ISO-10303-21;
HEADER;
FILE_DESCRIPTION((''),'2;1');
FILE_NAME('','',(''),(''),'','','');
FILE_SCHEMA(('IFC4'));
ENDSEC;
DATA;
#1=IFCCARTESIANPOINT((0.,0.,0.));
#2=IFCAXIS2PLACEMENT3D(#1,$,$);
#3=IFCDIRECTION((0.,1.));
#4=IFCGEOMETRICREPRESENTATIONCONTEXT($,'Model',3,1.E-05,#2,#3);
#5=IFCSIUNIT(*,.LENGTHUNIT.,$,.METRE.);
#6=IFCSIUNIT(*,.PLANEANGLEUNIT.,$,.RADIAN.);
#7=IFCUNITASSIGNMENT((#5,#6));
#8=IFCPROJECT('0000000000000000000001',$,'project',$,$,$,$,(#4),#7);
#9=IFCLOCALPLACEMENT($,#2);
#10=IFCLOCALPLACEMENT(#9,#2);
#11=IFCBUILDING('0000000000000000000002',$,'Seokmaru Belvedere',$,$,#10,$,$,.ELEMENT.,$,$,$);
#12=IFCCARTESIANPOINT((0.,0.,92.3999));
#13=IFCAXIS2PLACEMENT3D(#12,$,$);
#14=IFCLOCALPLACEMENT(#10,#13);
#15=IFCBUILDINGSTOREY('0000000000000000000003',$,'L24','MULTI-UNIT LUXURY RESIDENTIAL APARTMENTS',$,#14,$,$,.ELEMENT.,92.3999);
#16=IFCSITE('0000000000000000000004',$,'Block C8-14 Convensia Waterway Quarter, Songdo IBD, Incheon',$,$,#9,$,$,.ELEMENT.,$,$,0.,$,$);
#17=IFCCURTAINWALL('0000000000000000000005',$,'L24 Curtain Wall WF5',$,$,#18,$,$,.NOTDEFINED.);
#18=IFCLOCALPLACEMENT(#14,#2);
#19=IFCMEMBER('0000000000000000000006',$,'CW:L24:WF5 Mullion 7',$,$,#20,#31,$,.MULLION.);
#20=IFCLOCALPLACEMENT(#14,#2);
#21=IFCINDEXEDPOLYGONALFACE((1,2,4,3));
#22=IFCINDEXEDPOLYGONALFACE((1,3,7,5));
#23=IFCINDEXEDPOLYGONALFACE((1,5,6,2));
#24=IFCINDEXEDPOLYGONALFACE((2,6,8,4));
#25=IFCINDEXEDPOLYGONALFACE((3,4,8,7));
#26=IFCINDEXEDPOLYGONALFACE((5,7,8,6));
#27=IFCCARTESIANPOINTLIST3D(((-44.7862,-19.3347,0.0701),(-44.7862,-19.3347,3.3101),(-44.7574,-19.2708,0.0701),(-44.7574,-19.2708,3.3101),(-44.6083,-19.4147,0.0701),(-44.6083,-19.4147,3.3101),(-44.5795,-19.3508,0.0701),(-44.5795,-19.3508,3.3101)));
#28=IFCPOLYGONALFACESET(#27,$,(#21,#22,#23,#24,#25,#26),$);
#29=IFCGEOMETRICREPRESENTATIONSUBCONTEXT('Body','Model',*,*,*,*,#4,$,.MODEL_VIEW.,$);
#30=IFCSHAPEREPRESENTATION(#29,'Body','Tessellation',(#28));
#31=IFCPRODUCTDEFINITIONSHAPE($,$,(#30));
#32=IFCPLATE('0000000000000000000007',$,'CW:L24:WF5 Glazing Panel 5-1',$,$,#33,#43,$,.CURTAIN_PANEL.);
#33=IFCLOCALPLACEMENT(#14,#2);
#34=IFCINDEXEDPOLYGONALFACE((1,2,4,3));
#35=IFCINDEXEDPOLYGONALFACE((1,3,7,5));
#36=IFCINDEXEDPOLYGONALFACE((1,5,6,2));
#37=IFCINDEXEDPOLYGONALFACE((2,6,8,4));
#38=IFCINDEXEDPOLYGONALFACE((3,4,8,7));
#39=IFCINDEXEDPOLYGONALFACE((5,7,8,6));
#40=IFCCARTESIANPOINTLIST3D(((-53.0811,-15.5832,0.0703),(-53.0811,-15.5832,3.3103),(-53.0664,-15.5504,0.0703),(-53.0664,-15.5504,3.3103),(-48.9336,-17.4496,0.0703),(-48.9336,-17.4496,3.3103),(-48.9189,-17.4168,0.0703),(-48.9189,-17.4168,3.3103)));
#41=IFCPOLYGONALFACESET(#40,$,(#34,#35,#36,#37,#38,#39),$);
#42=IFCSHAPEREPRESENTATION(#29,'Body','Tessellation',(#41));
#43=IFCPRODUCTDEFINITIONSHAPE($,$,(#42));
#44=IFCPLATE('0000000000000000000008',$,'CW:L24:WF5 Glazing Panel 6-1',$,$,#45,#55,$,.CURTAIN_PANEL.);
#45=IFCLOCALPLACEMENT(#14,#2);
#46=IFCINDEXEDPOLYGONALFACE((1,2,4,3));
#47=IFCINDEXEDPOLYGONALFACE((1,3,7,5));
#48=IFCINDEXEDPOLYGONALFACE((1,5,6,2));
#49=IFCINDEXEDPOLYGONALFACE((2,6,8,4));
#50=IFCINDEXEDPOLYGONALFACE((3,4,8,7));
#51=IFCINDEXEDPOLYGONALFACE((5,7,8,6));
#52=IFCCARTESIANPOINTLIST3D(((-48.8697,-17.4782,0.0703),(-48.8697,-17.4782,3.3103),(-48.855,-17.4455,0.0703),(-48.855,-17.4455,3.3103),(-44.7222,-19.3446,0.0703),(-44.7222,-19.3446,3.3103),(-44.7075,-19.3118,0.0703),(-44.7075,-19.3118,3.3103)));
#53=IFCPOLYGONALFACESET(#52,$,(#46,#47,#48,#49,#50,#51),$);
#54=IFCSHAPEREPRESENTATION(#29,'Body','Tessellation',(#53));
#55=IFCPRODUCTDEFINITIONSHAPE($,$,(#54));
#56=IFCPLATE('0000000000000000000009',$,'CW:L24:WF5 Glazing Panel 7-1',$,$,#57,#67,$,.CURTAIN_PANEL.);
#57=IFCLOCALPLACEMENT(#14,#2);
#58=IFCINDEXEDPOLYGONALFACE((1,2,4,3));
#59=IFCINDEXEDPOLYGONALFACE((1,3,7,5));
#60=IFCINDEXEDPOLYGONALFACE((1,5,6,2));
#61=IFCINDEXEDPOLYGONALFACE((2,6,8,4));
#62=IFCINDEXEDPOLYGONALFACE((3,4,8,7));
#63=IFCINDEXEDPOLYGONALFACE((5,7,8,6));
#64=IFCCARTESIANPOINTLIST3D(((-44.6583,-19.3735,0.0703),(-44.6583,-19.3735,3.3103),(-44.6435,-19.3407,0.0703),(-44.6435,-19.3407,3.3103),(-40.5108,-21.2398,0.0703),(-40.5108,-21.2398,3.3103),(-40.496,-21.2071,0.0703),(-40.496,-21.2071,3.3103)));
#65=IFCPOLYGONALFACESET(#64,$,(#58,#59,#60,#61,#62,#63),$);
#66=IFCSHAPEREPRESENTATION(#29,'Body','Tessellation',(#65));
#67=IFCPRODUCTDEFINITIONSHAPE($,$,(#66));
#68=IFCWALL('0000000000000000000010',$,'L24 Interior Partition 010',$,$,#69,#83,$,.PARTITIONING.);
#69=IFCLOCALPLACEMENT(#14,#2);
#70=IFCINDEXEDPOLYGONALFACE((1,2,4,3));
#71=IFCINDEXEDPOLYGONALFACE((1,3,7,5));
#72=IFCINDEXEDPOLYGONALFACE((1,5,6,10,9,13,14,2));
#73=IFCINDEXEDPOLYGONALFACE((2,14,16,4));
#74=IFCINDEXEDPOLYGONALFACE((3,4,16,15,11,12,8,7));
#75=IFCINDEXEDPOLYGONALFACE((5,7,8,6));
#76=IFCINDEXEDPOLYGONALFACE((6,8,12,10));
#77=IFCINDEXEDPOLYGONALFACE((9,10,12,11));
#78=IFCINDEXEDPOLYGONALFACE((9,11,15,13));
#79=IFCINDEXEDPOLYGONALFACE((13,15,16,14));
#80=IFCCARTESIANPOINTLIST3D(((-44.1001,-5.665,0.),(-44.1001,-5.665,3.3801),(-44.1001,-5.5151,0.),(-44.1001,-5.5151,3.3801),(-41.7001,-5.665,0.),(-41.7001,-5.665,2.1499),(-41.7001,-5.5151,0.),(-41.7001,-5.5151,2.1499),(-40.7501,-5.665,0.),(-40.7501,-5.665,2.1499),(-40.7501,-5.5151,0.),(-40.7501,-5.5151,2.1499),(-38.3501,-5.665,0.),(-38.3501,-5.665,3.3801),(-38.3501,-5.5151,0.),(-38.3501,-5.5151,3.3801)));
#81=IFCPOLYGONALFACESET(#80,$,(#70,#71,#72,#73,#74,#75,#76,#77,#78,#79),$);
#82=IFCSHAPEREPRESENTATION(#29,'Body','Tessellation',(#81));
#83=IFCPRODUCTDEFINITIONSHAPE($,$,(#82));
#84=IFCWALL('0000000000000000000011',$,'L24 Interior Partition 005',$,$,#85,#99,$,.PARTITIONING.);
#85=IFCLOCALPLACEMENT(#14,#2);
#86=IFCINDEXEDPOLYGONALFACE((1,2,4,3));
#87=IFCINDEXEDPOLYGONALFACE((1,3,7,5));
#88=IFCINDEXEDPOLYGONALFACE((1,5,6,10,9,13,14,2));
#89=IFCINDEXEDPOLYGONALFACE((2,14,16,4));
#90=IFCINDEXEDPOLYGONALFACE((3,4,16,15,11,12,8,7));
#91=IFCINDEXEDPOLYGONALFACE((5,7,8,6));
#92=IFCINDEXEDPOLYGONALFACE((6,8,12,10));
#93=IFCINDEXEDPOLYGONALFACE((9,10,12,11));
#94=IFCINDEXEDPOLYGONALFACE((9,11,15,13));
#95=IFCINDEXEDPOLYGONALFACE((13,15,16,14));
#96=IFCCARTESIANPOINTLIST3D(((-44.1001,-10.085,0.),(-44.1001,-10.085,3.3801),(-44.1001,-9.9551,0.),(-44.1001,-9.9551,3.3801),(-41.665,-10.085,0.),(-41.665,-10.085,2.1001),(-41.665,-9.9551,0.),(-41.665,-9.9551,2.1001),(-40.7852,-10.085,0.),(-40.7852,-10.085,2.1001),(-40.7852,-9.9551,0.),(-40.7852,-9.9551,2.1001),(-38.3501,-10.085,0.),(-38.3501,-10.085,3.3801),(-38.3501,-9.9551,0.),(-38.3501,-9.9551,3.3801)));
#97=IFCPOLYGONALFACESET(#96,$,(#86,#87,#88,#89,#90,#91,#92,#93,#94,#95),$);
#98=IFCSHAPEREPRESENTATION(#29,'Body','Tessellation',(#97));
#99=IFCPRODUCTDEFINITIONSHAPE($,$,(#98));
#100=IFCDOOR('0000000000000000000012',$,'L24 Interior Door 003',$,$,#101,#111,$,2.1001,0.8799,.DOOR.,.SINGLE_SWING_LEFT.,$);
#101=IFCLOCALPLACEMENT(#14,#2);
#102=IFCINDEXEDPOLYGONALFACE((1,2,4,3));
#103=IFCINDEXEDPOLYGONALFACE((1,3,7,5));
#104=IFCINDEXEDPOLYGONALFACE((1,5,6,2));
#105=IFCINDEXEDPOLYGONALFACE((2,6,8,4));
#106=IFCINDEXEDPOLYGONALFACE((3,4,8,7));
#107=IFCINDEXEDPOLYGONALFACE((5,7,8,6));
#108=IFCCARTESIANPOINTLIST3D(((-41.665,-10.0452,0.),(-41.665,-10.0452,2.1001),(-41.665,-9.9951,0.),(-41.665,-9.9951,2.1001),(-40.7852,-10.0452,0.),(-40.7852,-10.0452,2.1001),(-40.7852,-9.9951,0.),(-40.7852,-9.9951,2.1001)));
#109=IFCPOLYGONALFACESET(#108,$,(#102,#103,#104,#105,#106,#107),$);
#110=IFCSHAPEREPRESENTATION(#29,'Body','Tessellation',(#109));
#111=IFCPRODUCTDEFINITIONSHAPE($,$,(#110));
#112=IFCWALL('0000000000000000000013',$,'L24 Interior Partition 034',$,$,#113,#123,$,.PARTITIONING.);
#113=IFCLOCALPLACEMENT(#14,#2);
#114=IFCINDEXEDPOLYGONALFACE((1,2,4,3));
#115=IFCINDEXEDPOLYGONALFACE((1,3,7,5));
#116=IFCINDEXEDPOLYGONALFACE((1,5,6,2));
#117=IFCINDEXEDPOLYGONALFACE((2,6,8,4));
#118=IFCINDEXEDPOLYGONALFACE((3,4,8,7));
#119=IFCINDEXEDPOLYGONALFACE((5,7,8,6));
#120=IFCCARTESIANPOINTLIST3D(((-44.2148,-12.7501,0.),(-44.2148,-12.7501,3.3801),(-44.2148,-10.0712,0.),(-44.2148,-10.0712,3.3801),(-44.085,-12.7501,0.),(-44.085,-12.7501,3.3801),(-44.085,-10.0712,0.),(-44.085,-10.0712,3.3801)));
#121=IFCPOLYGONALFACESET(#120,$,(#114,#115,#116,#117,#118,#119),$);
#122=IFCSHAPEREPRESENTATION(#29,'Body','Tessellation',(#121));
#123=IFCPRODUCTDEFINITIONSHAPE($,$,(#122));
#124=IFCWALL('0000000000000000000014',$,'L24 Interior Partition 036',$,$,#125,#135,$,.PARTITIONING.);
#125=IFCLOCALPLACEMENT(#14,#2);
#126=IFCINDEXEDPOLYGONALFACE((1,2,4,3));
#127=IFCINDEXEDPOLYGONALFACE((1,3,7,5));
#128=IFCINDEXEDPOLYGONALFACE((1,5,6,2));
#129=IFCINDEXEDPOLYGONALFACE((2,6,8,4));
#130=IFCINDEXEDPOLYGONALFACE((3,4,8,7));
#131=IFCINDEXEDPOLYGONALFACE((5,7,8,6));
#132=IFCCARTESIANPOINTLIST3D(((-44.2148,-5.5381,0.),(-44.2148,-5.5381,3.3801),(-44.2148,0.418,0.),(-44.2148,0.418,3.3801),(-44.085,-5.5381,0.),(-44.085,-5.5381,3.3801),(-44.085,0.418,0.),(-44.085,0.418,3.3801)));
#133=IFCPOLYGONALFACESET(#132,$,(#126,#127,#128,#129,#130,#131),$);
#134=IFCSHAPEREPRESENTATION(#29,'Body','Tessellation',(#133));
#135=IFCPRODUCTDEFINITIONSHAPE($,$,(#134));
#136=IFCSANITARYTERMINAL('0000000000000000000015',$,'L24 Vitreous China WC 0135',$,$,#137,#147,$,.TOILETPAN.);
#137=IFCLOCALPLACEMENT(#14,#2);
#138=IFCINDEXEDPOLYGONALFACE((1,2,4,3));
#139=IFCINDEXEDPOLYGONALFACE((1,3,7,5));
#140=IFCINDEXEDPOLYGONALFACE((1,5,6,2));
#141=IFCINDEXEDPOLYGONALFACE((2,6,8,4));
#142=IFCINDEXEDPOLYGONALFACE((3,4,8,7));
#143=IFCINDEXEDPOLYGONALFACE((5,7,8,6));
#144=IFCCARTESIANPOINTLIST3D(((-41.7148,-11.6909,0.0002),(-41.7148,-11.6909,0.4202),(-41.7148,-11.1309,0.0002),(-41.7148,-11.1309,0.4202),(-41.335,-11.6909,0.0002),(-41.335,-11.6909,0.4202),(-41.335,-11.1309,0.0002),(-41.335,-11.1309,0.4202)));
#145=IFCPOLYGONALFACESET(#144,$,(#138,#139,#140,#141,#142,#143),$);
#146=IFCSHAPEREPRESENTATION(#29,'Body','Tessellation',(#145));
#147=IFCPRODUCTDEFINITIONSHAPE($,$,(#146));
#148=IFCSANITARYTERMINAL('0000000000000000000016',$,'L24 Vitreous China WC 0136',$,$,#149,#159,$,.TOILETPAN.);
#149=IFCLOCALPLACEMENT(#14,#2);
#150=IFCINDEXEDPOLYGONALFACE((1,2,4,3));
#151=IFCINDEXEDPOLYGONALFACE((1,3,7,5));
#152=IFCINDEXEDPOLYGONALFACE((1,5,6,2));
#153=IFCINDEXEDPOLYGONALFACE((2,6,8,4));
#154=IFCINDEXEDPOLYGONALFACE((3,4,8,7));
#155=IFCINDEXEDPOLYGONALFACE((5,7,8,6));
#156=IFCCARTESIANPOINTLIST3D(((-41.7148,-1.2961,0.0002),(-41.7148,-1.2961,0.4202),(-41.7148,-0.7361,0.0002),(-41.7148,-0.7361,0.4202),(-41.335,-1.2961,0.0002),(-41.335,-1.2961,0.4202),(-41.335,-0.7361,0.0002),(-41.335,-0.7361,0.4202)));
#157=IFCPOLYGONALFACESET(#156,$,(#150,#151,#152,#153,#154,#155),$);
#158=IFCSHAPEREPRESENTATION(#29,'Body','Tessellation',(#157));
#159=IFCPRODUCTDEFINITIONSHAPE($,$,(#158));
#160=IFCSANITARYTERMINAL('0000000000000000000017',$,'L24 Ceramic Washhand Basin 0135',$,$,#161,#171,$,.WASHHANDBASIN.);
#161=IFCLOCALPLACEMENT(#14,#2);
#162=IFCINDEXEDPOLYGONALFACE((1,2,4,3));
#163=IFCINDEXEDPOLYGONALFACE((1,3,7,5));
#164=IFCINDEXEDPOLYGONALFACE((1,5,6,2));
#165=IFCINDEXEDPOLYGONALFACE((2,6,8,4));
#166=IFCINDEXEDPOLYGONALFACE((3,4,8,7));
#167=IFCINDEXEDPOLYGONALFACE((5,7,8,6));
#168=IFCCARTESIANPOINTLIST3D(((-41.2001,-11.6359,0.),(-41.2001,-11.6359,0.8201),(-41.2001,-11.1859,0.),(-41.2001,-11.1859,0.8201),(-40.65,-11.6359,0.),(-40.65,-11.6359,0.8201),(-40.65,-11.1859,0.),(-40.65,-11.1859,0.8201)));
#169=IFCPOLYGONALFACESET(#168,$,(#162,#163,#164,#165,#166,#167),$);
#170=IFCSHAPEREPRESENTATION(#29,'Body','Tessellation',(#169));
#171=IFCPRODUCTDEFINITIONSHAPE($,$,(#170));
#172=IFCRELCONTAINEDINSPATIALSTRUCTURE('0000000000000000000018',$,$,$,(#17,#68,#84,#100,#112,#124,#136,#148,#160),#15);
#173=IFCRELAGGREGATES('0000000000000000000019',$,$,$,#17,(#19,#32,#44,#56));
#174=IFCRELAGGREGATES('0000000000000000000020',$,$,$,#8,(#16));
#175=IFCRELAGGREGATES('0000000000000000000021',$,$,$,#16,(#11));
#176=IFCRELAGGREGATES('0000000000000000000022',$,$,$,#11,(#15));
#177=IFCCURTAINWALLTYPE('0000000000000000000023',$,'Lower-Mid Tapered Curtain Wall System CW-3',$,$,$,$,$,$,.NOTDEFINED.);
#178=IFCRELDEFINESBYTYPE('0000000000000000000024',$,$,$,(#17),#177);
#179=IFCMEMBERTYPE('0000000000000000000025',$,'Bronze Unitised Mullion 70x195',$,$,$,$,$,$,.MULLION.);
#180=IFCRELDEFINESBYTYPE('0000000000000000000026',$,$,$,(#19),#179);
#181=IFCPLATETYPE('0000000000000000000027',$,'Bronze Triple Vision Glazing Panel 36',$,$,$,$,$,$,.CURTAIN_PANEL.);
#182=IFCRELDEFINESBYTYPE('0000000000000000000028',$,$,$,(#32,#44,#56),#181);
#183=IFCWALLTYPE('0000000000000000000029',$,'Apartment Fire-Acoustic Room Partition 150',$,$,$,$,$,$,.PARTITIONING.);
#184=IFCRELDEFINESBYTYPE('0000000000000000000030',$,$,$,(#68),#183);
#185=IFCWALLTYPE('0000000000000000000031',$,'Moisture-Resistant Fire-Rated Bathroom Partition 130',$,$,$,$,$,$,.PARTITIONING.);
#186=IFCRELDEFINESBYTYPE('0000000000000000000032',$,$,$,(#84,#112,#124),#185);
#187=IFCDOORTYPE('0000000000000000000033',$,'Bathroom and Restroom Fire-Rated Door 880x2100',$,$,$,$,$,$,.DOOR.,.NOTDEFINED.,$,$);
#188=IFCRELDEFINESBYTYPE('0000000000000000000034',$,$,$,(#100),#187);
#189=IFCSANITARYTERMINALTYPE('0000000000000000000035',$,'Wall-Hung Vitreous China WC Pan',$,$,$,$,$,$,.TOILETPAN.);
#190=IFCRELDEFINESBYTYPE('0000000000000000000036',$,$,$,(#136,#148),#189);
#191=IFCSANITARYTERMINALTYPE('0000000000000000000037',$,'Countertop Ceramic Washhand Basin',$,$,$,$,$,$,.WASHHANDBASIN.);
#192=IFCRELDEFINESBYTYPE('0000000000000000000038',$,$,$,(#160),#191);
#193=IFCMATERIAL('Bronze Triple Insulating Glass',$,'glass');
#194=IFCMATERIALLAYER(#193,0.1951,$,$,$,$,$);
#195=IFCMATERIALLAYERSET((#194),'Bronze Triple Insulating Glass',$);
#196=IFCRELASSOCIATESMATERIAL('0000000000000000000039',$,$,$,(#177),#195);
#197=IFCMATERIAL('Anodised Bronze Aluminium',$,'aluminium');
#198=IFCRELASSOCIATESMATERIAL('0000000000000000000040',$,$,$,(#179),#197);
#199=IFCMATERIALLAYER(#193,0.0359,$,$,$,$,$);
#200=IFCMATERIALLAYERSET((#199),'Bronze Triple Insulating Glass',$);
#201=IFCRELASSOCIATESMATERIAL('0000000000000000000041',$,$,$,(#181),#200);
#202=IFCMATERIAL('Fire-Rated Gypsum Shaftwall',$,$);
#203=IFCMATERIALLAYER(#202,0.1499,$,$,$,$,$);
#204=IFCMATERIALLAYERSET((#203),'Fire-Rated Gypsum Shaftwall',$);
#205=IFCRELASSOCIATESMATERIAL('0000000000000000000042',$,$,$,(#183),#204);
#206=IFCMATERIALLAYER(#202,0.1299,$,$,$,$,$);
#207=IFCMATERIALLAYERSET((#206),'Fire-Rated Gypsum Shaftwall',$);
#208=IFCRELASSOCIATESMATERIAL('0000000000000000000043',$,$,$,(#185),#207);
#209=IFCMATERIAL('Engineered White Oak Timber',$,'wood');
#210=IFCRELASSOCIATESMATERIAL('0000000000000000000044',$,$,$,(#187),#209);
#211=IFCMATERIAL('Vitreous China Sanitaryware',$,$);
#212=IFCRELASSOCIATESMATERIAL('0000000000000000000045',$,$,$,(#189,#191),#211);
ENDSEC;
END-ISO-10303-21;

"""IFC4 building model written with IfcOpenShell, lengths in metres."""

from ifc_helpers import new_model, si_unit, direction, frame, frame_2d, origin, origin_2d, place, context, subcontext, project, spatial, rectangle, extrude, source, transform, mapped, material, layer, layer_set, material_profile, profile_set, type_object, type_shapes, element, fill, aggregate, save


model = new_model("IFC4")

# Units and contexts
model_context = context("Model", 3, precision=1e-05, world=origin(), true_north=direction((0.0, 1.0)))
body_context = subcontext(model_context, "Body", "Model", "MODEL_VIEW")
ifc_project = project(units=[si_unit("LENGTHUNIT", "METRE"), si_unit("PLANEANGLEUNIT", "RADIAN")], contexts=[model_context])

# Site, building, storey
site_placement = place(None, origin())
site = spatial("IfcSite", under=ifc_project, at=site_placement, Name="Block C8-14 Convensia Waterway Quarter, Songdo IBD, Incheon", CompositionType="ELEMENT", RefElevation=0.0)
building_placement = place(site_placement, origin())
building = spatial("IfcBuilding", under=site, at=building_placement, Name="Seokmaru Belvedere", CompositionType="ELEMENT")
storey_placement = place(building_placement, frame((0.0, 0.0, 92.3999)))
storey = spatial("IfcBuildingStorey", under=building, at=storey_placement, Name="L24", Description="MULTI-UNIT LUXURY RESIDENTIAL APARTMENTS", CompositionType="ELEMENT", Elevation=92.3999)

# Curtain wall, member, plates
ifc_material_1 = material(Name="Bronze Triple Insulating Glass", Category="glass")
ifc_layer_1 = layer(ifc_material_1, 0.1951)
ifc_layer_set_1 = layer_set([ifc_layer_1], Name="Bronze Triple Insulating Glass")
curtain_wall_type = type_object("IfcCurtainWallType", Name="Lower-Mid Tapered Curtain Wall System CW-3", PredefinedType="NOTDEFINED", material=ifc_layer_set_1)
curtain_wall_placement = place(storey_placement, origin())
curtain_wall = element("IfcCurtainWall", 1, at=curtain_wall_placement, inside=storey, type_object=curtain_wall_type, Name="L24 Curtain Wall WF5", PredefinedType="NOTDEFINED")
ifc_material_2 = material(Name="Anodised Bronze Aluminium", Category="aluminium")
ifc_material_profile_1 = material_profile(ifc_material_2, rectangle(XDim=0.0701, YDim=0.1951, at=origin_2d()), Name="CW-M-70x195")
ifc_profile_set_1 = profile_set([ifc_material_profile_1], Name="Anodised Bronze Aluminium")
member_type = type_object("IfcMemberType", Name="Bronze Unitised Mullion 70x195", PredefinedType="MULLION", material=ifc_profile_set_1)
shared_shape_1 = source(origin(), body_context, "Body", "SweptSolid", [
    extrude(rectangle(XDim=0.0701, YDim=0.1951, at=origin_2d()), origin(), (0.0, 0.0, 1.0), 3.24),
])
type_shapes(member_type, [shared_shape_1])
member_1_placement = place(storey_placement, frame((-44.6829, -19.3428, 0.0701), z_axis=(0.0, 0.0, 1.0), x_axis=(0.410366, 0.911921, 0.0)))
member_1 = element("IfcMember", 2, at=member_1_placement, type_object=member_type, Name="CW:L24:WF5 Mullion 7", PredefinedType="MULLION", context=body_context, shape_type="MappedRepresentation", body=[
    mapped(shared_shape_1, transform((0.0, 0.0, 0.0), scale=1.0)),
])
ifc_layer_2 = layer(ifc_material_1, 0.0359)
ifc_layer_set_2 = layer_set([ifc_layer_2], Name="Bronze Triple Insulating Glass")
plate_type = type_object("IfcPlateType", Name="Bronze Triple Vision Glazing Panel 36", PredefinedType="CURTAIN_PANEL", material=ifc_layer_set_2)
shared_shape_2 = source(origin(), body_context, "Body", "SweptSolid", [
    extrude(rectangle(XDim=4.5481, YDim=0.0359, at=origin_2d()), origin(), (0.0, 0.0, 1.0), 3.24),
])
type_shapes(plate_type, [shared_shape_2])
plate_1_placement = place(storey_placement, frame((-51.0, -16.5, 0.0703), z_axis=(0.0, 0.0, 1.0), x_axis=(0.911921, -0.410366, 0.0)))
plate_1 = element("IfcPlate", 3, at=plate_1_placement, type_object=plate_type, Name="CW:L24:WF5 Glazing Panel 5-1", PredefinedType="CURTAIN_PANEL", context=body_context, shape_type="MappedRepresentation", body=[
    mapped(shared_shape_2, transform((0.0, 0.0, 0.0), scale=1.0)),
])
plate_2_placement = place(storey_placement, frame((-46.7886, -18.395, 0.0703), z_axis=(0.0, 0.0, 1.0), x_axis=(0.911921, -0.410366, 0.0)))
plate_2 = element("IfcPlate", 4, at=plate_2_placement, type_object=plate_type, Name="CW:L24:WF5 Glazing Panel 6-1", PredefinedType="CURTAIN_PANEL", context=body_context, shape_type="MappedRepresentation", body=[
    mapped(shared_shape_2, transform((0.0, 0.0, 0.0), scale=1.0)),
])
plate_3_placement = place(storey_placement, frame((-42.5771, -20.2903, 0.0703), z_axis=(0.0, 0.0, 1.0), x_axis=(0.911921, -0.410366, 0.0)))
plate_3 = element("IfcPlate", 5, at=plate_3_placement, type_object=plate_type, Name="CW:L24:WF5 Glazing Panel 7-1", PredefinedType="CURTAIN_PANEL", context=body_context, shape_type="MappedRepresentation", body=[
    mapped(shared_shape_2, transform((0.0, 0.0, 0.0), scale=1.0)),
])
aggregate(curtain_wall, [member_1, plate_1, plate_2, plate_3])

# Wall, opening
ifc_material_3 = material(Name="Fire-Rated Gypsum Shaftwall")
ifc_layer_3 = layer(ifc_material_3, 0.1499)
ifc_layer_set_3 = layer_set([ifc_layer_3], Name="Fire-Rated Gypsum Shaftwall")
wall_type_1 = type_object("IfcWallType", Name="Apartment Fire-Acoustic Room Partition 150", PredefinedType="PARTITIONING", material=ifc_layer_set_3)
wall_1_placement = place(storey_placement, frame((-44.1001, -5.5901, 0.0), z_axis=(0.0, 0.0, 1.0), x_axis=(1.0, 0.0, 0.0)))
wall_1 = element("IfcWall", 6, at=wall_1_placement, inside=storey, type_object=wall_type_1, Name="L24 Interior Partition 010", PredefinedType="PARTITIONING", context=body_context, shape_type="SweptSolid", body=[
    extrude(rectangle(XDim=5.75, YDim=0.1499, at=frame_2d((2.875, 0.0))), origin(), (0.0, 0.0, 1.0), 3.3801),
])
opening_1_placement = place(wall_1_placement, frame((2.3999, 0.0, 0.0)))
element("IfcOpeningElement", 7, at=opening_1_placement, cuts=wall_1, PredefinedType="OPENING", context=body_context, shape_type="SweptSolid", body=[
    extrude(rectangle(XDim=0.95, YDim=2.1499, at=frame_2d((0.4751, 1.075))), frame((0.0, 0.085, 0.0), z_axis=(0.0, -1.0, 0.0), x_axis=(1.0, 0.0, 0.0)), (0.0, 0.0, 1.0), 0.1699),
])

# Wall, opening, door
ifc_layer_4 = layer(ifc_material_3, 0.1299)
ifc_layer_set_4 = layer_set([ifc_layer_4], Name="Fire-Rated Gypsum Shaftwall")
wall_type_2 = type_object("IfcWallType", Name="Moisture-Resistant Fire-Rated Bathroom Partition 130", PredefinedType="PARTITIONING", material=ifc_layer_set_4)
wall_2_placement = place(storey_placement, frame((-44.1001, -10.02, 0.0), z_axis=(0.0, 0.0, 1.0), x_axis=(1.0, 0.0, 0.0)))
wall_2 = element("IfcWall", 8, at=wall_2_placement, inside=storey, type_object=wall_type_2, Name="L24 Interior Partition 005", PredefinedType="PARTITIONING", context=body_context, shape_type="SweptSolid", body=[
    extrude(rectangle(XDim=5.75, YDim=0.1299, at=frame_2d((2.875, 0.0))), origin(), (0.0, 0.0, 1.0), 3.3801),
])
opening_2_placement = place(wall_2_placement, frame((2.4351, 0.0, 0.0)))
opening_2 = element("IfcOpeningElement", 9, at=opening_2_placement, cuts=wall_2, PredefinedType="OPENING", context=body_context, shape_type="SweptSolid", body=[
    extrude(rectangle(XDim=0.8799, YDim=2.1001, at=frame_2d((0.4399, 1.05))), frame((0.0, 0.075, 0.0), z_axis=(0.0, -1.0, 0.0), x_axis=(1.0, 0.0, 0.0)), (0.0, 0.0, 1.0), 0.1499),
])
ifc_material_4 = material(Name="Engineered White Oak Timber", Category="wood")
door_type = type_object("IfcDoorType", Name="Bathroom and Restroom Fire-Rated Door 880x2100", OperationType="NOTDEFINED", PredefinedType="DOOR", material=ifc_material_4)
shared_shape_3 = source(origin(), body_context, "Body", "SweptSolid", [
    extrude(rectangle(XDim=0.8799, YDim=2.1001, at=frame_2d((0.4399, 1.05))), frame((0.0, 0.0249, 0.0), z_axis=(0.0, -1.0, 0.0), x_axis=(1.0, 0.0, 0.0)), (0.0, 0.0, 1.0), 0.05),
])
type_shapes(door_type, [shared_shape_3])
door_placement = place(opening_2_placement, origin())
door = element("IfcDoor", 10, at=door_placement, inside=storey, type_object=door_type, Name="L24 Interior Door 003", OperationType="SINGLE_SWING_LEFT", OverallHeight=2.1001, OverallWidth=0.8799, PredefinedType="DOOR", context=body_context, shape_type="MappedRepresentation", body=[
    mapped(shared_shape_3, transform((0.0, 0.0, 0.0), scale=1.0)),
])
fill(opening_2, door)

# Walls
wall_3_placement = place(storey_placement, frame((-44.1499, -12.75, 0.0), z_axis=(0.0, 0.0, 1.0), x_axis=(0.0, 1.0, 0.0)))
element("IfcWall", 11, at=wall_3_placement, inside=storey, type_object=wall_type_2, Name="L24 Interior Partition 034", PredefinedType="PARTITIONING", context=body_context, shape_type="SweptSolid", body=[
    extrude(rectangle(XDim=2.679, YDim=0.1299, at=frame_2d((1.3394, 0.0))), origin(), (0.0, 0.0, 1.0), 3.3801),
])
wall_4_placement = place(storey_placement, frame((-44.1499, -5.5381, 0.0), z_axis=(0.0, 0.0, 1.0), x_axis=(0.0, 1.0, 0.0)))
element("IfcWall", 12, at=wall_4_placement, inside=storey, type_object=wall_type_2, Name="L24 Interior Partition 036", PredefinedType="PARTITIONING", context=body_context, shape_type="SweptSolid", body=[
    extrude(rectangle(XDim=5.9561, YDim=0.1299, at=frame_2d((2.978, 0.0))), origin(), (0.0, 0.0, 1.0), 3.3801),
])

# Sanitary terminals
ifc_material_5 = material(Name="Vitreous China Sanitaryware")
sanitary_terminal_type_1 = type_object("IfcSanitaryTerminalType", Name="Wall-Hung Vitreous China WC Pan", PredefinedType="TOILETPAN", material=ifc_material_5)
shared_shape_4 = source(origin(), body_context, "Body", "SweptSolid", [
    extrude(rectangle(XDim=0.3799, YDim=0.5601, at=origin_2d()), origin(), (0.0, 0.0, 1.0), 0.4199),
])
type_shapes(sanitary_terminal_type_1, [shared_shape_4])
for number, where, z_axis, x_axis, name in (
    (13, (-41.5249, -11.4109, 0.0002), (0.0, 0.0, 1.0), (1.0, 0.0, 0.0), "L24 Vitreous China WC 0135"),
    (14, (-41.5249, -1.0161, 0.0002), (0.0, 0.0, 1.0), (1.0, 0.0, 0.0), "L24 Vitreous China WC 0136"),
):
    element("IfcSanitaryTerminal", number, at=place(storey_placement, frame(where, z_axis=z_axis, x_axis=x_axis)), inside=storey, type_object=sanitary_terminal_type_1, Name=name, PredefinedType="TOILETPAN", context=body_context, shape_type="MappedRepresentation", body=[
        mapped(shared_shape_4, transform((0.0, 0.0, 0.0), scale=1.0)),
    ])
sanitary_terminal_type_2 = type_object("IfcSanitaryTerminalType", Name="Countertop Ceramic Washhand Basin", PredefinedType="WASHHANDBASIN", material=ifc_material_5)
shared_shape_5 = source(origin(), body_context, "Body", "SweptSolid", [
    extrude(rectangle(XDim=0.55, YDim=0.45, at=origin_2d()), origin(), (0.0, 0.0, 1.0), 0.8201),
])
type_shapes(sanitary_terminal_type_2, [shared_shape_5])
for number, where, z_axis, x_axis, name in (
    (15, (-40.925, -11.4109, 0.0), (0.0, 0.0, 1.0), (1.0, 0.0, 0.0), "L24 Ceramic Washhand Basin 0135"),
):
    element("IfcSanitaryTerminal", number, at=place(storey_placement, frame(where, z_axis=z_axis, x_axis=x_axis)), inside=storey, type_object=sanitary_terminal_type_2, Name=name, PredefinedType="WASHHANDBASIN", context=body_context, shape_type="MappedRepresentation", body=[
        mapped(shared_shape_5, transform((0.0, 0.0, 0.0), scale=1.0)),
    ])

save(model, "model.ifc")
